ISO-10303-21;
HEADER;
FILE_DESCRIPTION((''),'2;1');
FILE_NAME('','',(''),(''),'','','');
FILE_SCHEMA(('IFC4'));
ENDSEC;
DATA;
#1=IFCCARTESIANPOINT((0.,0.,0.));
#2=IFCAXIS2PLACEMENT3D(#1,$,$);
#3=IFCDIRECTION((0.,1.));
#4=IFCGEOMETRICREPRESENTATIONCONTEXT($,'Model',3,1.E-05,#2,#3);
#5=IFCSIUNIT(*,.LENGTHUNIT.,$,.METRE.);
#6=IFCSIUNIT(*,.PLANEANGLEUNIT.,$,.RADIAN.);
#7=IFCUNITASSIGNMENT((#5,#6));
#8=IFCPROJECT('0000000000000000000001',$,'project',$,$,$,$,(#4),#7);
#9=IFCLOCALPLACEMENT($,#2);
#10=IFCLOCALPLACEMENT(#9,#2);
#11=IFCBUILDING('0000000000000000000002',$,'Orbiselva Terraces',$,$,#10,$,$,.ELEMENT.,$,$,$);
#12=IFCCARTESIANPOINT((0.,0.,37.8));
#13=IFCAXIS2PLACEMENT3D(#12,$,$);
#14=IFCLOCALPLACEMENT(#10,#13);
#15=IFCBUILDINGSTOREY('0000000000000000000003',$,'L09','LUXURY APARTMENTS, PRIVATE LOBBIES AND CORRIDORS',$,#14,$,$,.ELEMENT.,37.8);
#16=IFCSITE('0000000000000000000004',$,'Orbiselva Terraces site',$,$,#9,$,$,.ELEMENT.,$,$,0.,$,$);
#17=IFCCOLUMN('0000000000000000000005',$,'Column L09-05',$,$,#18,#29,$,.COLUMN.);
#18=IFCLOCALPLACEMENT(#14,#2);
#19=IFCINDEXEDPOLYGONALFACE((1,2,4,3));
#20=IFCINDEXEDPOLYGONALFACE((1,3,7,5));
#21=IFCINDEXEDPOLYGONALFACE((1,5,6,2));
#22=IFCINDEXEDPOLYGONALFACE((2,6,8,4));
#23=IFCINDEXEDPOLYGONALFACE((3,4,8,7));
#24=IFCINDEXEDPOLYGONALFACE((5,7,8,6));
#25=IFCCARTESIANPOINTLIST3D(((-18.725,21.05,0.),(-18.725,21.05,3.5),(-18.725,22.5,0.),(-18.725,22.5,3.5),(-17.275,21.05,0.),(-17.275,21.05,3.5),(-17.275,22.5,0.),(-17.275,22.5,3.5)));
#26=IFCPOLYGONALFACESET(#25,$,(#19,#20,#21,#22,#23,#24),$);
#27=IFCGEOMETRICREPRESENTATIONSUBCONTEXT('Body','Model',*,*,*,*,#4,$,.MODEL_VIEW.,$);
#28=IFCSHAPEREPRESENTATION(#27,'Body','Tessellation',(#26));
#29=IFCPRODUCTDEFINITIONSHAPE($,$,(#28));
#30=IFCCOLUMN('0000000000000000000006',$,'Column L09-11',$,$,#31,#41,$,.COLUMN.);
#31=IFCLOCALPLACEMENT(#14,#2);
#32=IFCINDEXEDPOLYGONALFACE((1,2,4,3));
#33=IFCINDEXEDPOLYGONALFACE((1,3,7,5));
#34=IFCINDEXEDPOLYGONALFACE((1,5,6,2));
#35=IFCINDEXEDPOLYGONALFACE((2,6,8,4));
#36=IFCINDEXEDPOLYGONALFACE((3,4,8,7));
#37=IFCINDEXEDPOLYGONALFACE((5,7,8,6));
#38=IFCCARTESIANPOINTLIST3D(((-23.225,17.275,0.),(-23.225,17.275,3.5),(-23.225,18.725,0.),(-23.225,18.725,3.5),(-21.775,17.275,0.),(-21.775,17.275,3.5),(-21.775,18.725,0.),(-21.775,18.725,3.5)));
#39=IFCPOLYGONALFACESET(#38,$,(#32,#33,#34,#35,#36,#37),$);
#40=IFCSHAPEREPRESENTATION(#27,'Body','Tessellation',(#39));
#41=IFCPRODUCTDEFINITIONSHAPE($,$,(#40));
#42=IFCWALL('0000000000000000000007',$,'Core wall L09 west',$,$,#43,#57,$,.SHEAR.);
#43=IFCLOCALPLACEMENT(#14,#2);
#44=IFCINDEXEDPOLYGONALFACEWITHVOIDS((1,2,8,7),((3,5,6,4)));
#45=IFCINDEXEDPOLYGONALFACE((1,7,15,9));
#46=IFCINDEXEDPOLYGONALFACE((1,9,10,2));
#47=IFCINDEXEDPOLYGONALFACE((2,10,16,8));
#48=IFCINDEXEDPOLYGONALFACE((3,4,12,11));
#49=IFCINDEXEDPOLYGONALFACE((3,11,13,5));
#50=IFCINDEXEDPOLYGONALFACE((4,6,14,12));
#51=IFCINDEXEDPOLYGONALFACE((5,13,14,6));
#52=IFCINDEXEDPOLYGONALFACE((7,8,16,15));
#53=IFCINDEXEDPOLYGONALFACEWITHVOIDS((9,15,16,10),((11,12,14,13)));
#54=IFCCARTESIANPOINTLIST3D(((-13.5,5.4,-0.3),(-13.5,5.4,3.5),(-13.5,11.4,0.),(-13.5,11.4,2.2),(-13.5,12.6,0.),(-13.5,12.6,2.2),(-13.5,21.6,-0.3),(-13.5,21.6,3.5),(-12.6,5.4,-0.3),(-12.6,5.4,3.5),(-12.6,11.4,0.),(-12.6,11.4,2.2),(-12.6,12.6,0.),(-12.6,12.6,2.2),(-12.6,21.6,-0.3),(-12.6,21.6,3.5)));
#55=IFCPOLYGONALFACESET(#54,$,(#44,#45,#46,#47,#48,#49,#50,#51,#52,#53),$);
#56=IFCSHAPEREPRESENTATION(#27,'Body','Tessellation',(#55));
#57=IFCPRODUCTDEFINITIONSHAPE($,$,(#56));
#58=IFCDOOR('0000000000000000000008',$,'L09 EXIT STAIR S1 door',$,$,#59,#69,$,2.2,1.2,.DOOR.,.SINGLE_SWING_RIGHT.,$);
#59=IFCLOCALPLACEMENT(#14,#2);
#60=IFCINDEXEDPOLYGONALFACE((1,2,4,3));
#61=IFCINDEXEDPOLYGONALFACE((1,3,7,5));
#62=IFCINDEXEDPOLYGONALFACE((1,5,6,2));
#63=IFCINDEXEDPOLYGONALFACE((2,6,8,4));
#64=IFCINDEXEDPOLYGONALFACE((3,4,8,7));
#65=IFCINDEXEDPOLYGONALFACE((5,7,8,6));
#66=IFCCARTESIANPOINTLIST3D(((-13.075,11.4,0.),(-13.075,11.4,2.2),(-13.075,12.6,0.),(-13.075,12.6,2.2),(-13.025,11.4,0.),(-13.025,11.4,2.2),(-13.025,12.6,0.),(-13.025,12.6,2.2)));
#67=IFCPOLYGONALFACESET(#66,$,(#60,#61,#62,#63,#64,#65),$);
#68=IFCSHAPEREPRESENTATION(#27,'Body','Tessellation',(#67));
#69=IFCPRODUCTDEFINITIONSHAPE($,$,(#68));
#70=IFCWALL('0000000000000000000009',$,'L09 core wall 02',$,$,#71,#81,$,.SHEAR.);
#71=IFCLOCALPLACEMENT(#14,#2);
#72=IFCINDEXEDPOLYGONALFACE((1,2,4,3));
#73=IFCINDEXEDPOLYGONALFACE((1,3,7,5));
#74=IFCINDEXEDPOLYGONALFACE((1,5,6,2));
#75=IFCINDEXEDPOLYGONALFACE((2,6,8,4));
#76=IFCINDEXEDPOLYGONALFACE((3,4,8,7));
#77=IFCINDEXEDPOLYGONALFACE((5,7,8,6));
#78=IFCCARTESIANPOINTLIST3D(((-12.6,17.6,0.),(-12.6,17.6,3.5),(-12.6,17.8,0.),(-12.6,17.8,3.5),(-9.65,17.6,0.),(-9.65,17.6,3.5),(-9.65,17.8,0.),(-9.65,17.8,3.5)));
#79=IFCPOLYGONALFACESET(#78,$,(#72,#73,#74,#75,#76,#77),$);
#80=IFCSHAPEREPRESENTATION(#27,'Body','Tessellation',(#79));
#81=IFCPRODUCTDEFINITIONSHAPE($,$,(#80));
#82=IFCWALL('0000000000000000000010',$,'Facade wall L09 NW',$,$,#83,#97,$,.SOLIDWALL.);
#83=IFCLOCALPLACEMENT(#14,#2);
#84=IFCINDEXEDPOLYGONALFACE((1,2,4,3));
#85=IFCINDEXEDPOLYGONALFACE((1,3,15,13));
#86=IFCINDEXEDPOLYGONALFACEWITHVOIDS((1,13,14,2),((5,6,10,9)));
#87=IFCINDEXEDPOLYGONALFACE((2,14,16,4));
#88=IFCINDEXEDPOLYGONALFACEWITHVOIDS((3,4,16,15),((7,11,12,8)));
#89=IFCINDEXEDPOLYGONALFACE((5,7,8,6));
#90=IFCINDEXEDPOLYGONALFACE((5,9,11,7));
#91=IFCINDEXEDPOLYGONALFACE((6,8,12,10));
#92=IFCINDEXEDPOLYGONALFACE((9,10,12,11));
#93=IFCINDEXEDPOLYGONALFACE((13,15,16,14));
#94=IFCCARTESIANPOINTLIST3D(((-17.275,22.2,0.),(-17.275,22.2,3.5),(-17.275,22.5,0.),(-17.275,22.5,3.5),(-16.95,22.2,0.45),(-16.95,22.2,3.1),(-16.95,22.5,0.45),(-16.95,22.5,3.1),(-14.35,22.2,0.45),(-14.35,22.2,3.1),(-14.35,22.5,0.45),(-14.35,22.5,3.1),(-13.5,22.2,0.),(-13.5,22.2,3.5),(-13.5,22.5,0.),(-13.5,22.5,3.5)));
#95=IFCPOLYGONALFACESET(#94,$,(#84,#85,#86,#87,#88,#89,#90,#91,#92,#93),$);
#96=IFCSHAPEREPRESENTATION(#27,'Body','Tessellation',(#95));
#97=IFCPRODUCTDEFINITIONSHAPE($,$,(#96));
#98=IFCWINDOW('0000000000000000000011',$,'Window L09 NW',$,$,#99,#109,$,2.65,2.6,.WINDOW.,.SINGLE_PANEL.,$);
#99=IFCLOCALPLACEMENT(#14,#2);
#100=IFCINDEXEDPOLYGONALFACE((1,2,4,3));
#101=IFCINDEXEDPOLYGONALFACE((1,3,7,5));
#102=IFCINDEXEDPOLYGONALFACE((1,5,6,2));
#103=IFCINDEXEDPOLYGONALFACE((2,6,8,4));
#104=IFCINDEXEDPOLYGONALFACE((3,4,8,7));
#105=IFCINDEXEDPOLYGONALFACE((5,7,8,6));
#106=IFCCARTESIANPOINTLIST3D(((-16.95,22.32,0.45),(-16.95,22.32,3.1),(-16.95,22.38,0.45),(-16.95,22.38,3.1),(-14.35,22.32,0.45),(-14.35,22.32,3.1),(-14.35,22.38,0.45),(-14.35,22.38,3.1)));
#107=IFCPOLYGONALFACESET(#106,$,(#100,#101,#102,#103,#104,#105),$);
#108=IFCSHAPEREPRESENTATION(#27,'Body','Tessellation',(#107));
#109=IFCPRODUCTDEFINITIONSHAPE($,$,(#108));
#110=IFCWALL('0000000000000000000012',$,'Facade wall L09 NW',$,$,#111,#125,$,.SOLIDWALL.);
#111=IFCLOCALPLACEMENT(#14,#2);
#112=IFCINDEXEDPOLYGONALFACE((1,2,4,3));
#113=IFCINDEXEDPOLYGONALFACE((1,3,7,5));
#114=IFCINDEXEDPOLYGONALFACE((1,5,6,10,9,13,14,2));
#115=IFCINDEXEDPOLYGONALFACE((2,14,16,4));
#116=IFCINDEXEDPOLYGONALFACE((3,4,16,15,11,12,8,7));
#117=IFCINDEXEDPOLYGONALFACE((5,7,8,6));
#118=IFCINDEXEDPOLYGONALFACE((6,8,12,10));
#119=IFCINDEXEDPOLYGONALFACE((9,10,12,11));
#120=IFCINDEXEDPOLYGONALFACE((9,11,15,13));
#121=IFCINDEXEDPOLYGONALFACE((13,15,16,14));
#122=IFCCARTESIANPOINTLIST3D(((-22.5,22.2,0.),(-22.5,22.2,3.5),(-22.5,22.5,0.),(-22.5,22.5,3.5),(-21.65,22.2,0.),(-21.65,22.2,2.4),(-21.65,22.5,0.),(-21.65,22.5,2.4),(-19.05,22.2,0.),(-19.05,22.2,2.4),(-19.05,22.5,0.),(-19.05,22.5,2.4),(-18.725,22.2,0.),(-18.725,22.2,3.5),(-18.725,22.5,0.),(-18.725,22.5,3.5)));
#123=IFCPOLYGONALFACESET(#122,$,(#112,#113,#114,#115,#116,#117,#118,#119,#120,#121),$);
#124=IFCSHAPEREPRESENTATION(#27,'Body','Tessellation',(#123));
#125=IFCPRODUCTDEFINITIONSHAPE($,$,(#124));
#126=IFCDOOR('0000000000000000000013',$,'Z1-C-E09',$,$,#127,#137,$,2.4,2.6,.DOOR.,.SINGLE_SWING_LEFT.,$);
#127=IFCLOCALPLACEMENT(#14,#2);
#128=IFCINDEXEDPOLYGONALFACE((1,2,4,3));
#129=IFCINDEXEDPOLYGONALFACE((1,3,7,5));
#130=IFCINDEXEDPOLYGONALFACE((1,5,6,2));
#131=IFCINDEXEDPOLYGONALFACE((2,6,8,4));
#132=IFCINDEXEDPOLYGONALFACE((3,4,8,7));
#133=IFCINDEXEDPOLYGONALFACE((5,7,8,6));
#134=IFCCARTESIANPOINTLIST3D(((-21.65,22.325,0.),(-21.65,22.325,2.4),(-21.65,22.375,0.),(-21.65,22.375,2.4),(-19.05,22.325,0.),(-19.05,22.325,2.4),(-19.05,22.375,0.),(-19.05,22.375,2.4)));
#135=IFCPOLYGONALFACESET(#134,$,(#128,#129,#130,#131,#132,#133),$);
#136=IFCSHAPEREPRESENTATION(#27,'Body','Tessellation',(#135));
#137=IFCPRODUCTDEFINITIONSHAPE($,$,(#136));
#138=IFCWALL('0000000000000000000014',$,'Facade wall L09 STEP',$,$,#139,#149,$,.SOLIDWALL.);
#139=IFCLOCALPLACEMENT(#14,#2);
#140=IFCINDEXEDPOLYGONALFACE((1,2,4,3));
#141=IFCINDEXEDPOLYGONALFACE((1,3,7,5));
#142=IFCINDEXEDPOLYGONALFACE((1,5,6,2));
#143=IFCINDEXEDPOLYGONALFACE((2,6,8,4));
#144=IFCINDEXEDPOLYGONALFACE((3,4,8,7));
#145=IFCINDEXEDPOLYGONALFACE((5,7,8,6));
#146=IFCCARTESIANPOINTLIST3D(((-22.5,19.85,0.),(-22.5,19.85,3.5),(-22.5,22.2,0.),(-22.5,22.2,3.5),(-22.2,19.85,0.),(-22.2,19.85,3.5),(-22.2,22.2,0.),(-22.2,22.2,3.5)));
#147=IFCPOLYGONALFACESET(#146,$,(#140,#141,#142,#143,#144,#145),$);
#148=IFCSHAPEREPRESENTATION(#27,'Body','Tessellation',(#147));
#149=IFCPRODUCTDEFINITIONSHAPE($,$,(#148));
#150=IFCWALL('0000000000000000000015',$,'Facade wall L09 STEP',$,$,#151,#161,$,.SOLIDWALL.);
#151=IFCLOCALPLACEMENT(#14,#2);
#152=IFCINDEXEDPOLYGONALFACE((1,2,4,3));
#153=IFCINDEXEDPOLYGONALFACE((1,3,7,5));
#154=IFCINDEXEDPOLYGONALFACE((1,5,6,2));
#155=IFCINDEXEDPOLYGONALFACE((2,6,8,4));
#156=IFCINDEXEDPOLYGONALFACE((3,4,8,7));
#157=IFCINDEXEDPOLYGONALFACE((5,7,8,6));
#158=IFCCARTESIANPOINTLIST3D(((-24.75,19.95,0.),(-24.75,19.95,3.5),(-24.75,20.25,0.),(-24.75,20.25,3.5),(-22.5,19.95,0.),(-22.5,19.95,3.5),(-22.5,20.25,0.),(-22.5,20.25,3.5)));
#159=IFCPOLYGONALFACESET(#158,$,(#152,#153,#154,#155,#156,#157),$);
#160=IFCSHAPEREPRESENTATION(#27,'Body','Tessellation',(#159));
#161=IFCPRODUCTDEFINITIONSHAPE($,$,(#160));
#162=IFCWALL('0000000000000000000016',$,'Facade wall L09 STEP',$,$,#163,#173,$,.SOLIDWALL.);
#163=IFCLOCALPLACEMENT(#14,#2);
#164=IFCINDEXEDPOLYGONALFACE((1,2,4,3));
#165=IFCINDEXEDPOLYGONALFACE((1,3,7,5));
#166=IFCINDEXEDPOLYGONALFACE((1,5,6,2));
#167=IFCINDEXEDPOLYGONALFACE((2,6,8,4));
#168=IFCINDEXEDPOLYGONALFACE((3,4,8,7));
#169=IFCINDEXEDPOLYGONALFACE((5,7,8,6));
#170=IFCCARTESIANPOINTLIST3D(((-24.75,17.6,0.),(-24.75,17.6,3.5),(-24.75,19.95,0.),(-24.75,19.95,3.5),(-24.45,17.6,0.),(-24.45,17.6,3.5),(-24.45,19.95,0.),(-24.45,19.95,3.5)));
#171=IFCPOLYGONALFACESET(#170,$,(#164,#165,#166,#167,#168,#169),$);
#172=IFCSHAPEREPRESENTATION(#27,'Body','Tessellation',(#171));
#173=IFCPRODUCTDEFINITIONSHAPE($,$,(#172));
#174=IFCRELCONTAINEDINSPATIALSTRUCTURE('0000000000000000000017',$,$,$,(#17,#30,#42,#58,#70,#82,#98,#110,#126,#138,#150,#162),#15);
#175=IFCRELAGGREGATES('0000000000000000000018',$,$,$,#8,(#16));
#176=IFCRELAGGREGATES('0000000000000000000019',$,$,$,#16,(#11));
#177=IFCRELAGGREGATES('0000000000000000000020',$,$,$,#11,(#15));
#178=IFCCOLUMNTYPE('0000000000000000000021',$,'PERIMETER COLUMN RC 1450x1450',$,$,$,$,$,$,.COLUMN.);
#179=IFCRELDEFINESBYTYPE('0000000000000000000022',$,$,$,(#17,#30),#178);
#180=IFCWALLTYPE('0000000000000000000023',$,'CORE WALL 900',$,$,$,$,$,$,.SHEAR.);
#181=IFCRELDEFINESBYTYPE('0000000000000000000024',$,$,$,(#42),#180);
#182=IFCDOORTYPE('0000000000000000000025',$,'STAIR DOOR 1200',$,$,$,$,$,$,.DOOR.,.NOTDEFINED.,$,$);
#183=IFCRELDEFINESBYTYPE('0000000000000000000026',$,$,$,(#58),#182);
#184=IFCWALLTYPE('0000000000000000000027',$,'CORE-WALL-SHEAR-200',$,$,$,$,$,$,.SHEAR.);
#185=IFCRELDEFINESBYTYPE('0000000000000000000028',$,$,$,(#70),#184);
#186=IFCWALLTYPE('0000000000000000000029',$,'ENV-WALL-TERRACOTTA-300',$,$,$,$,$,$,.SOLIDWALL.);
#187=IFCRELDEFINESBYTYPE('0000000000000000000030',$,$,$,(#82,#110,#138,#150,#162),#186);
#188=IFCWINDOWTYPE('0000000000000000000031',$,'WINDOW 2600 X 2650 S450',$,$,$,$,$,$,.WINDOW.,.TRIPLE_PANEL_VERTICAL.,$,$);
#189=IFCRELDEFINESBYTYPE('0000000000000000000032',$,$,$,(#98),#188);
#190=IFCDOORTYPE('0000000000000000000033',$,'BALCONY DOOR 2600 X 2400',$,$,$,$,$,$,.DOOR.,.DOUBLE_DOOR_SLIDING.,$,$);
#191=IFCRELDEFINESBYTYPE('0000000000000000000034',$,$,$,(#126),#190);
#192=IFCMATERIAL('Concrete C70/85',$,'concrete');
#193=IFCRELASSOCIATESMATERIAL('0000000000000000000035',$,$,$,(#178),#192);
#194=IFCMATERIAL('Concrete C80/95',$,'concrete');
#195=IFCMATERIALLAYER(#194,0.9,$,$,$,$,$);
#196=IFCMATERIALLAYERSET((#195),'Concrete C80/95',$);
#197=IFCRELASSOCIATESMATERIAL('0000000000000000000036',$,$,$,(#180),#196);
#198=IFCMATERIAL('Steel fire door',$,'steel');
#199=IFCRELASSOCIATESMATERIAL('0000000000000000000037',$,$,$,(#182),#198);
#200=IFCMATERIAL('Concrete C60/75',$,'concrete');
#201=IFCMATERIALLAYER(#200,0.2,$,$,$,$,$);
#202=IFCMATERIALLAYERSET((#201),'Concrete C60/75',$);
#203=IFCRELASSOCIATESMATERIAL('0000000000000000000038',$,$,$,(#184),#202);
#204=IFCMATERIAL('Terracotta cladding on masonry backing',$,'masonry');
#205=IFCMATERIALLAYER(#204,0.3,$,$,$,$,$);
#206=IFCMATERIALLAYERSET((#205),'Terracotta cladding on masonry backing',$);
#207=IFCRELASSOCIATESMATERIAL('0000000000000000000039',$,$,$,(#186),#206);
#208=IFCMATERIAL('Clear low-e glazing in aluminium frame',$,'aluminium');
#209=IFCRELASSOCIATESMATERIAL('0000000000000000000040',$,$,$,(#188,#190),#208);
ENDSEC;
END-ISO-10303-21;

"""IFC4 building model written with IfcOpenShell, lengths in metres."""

from ifc_helpers import new_model, si_unit, direction, frame, frame_2d, origin, origin_2d, place, context, subcontext, project, spatial, rectangle, extrude, material, layer, layer_set, material_profile, profile_set, type_object, element, fill, save


model = new_model("IFC4")

# Units and contexts
model_context = context("Model", 3, precision=1e-05, world=origin(), true_north=direction((0.0, 1.0)))
body_context = subcontext(model_context, "Body", "Model", "MODEL_VIEW")
ifc_project = project(units=[si_unit("LENGTHUNIT", "METRE"), si_unit("PLANEANGLEUNIT", "RADIAN")], contexts=[model_context])

# Site, building, storey
site_placement = place(None, origin())
site = spatial("IfcSite", under=ifc_project, at=site_placement, Name="Orbiselva Terraces site", CompositionType="ELEMENT", RefElevation=0.0)
building_placement = place(site_placement, origin())
building = spatial("IfcBuilding", under=site, at=building_placement, Name="Orbiselva Terraces", CompositionType="ELEMENT")
storey_placement = place(building_placement, frame((0.0, 0.0, 37.8)))
storey = spatial("IfcBuildingStorey", under=building, at=storey_placement, Name="L09", Description="LUXURY APARTMENTS, PRIVATE LOBBIES AND CORRIDORS", CompositionType="ELEMENT", Elevation=37.8)

# Columns
ifc_material_1 = material(Name="Concrete C70/85", Category="concrete")
ifc_material_profile = material_profile(ifc_material_1, rectangle(XDim=1.45, YDim=1.45, at=origin_2d()), Name="RC 1450x1450")
ifc_profile_set = profile_set([ifc_material_profile], Name="Concrete C70/85")
column_type = type_object("IfcColumnType", Name="PERIMETER COLUMN RC 1450x1450", PredefinedType="COLUMN", material=ifc_profile_set)
for number, where, z_axis, x_axis, name in (
    (1, (-18.0, 21.775, 0.0), (0.0, 0.0, 1.0), (1.0, 0.0, 0.0), "Column L09-05"),
    (2, (-22.5, 18.0, 0.0), (0.0, 0.0, 1.0), (1.0, 0.0, 0.0), "Column L09-11"),
):
    element("IfcColumn", number, at=place(storey_placement, frame(where, z_axis=z_axis, x_axis=x_axis)), inside=storey, type_object=column_type, Name=name, PredefinedType="COLUMN", context=body_context, shape_type="SweptSolid", body=[
        extrude(rectangle(XDim=1.45, YDim=1.45, at=origin_2d()), origin(), (0.0, 0.0, 1.0), 3.5),
    ])

# Wall, opening, door
ifc_material_2 = material(Name="Concrete C80/95", Category="concrete")
ifc_layer_1 = layer(ifc_material_2, 0.9)
ifc_layer_set_1 = layer_set([ifc_layer_1], Name="Concrete C80/95")
wall_type_1 = type_object("IfcWallType", Name="CORE WALL 900", PredefinedType="SHEAR", material=ifc_layer_set_1)
wall_1_placement = place(storey_placement, frame((-13.05, 21.6, -0.3), z_axis=(0.0, 0.0, 1.0), x_axis=(0.0, -1.0, 0.0)))
wall_1 = element("IfcWall", 3, at=wall_1_placement, inside=storey, type_object=wall_type_1, Name="Core wall L09 west", PredefinedType="SHEAR", context=body_context, shape_type="SweptSolid", body=[
    extrude(rectangle(XDim=16.2, YDim=0.9, at=frame_2d((8.1, 0.0))), origin(), (0.0, 0.0, 1.0), 3.8),
])
opening_1_placement = place(wall_1_placement, frame((9.0, 0.0, 0.3)))
opening_1 = element("IfcOpeningElement", 4, at=opening_1_placement, cuts=wall_1, PredefinedType="OPENING", context=body_context, shape_type="SweptSolid", body=[
    extrude(rectangle(XDim=1.2, YDim=2.2, at=frame_2d((0.6, 1.1))), frame((0.0, 0.46, 0.0), z_axis=(0.0, -1.0, 0.0), x_axis=(1.0, 0.0, 0.0)), (0.0, 0.0, 1.0), 0.92),
])
ifc_material_3 = material(Name="Steel fire door", Category="steel")
door_type_1 = type_object("IfcDoorType", Name="STAIR DOOR 1200", OperationType="NOTDEFINED", PredefinedType="DOOR", material=ifc_material_3)
door_1_placement = place(opening_1_placement, frame((1.2, 0.0, 0.0), z_axis=(0.0, 0.0, 1.0), x_axis=(-1.0, 0.0, 0.0)))
door_1 = element("IfcDoor", 5, at=door_1_placement, inside=storey, type_object=door_type_1, Name="L09 EXIT STAIR S1 door", OperationType="SINGLE_SWING_RIGHT", OverallHeight=2.2, OverallWidth=1.2, PredefinedType="DOOR", context=body_context, shape_type="SweptSolid", body=[
    extrude(rectangle(XDim=1.2, YDim=2.2, at=frame_2d((0.6, 1.1))), frame((0.0, 0.025, 0.0), z_axis=(0.0, -1.0, 0.0), x_axis=(1.0, 0.0, 0.0)), (0.0, 0.0, 1.0), 0.05),
])
fill(opening_1, door_1)

# Wall
ifc_material_4 = material(Name="Concrete C60/75", Category="concrete")
ifc_layer_2 = layer(ifc_material_4, 0.2)
ifc_layer_set_2 = layer_set([ifc_layer_2], Name="Concrete C60/75")
wall_type_2 = type_object("IfcWallType", Name="CORE-WALL-SHEAR-200", PredefinedType="SHEAR", material=ifc_layer_set_2)
wall_2_placement = place(storey_placement, frame((-12.6, 17.7, 0.0), z_axis=(0.0, 0.0, 1.0), x_axis=(1.0, 0.0, 0.0)))
element("IfcWall", 6, at=wall_2_placement, inside=storey, type_object=wall_type_2, Name="L09 core wall 02", PredefinedType="SHEAR", context=body_context, shape_type="SweptSolid", body=[
    extrude(rectangle(XDim=2.95, YDim=0.2, at=frame_2d((1.475, 0.0))), origin(), (0.0, 0.0, 1.0), 3.5),
])

# Wall, opening, window
ifc_material_5 = material(Name="Terracotta cladding on masonry backing", Category="masonry")
ifc_layer_3 = layer(ifc_material_5, 0.3)
ifc_layer_set_3 = layer_set([ifc_layer_3], Name="Terracotta cladding on masonry backing")
wall_type_3 = type_object("IfcWallType", Name="ENV-WALL-TERRACOTTA-300", PredefinedType="SOLIDWALL", material=ifc_layer_set_3)
wall_3_placement = place(storey_placement, frame((-17.275, 22.35, 0.0), z_axis=(0.0, 0.0, 1.0), x_axis=(1.0, 0.0, 0.0)))
wall_3 = element("IfcWall", 7, at=wall_3_placement, inside=storey, type_object=wall_type_3, Name="Facade wall L09 NW", PredefinedType="SOLIDWALL", context=body_context, shape_type="SweptSolid", body=[
    extrude(rectangle(XDim=3.775, YDim=0.3, at=frame_2d((1.8875, 0.0))), origin(), (0.0, 0.0, 1.0), 3.5),
])
opening_2_placement = place(wall_3_placement, frame((0.325, 0.0, 0.45)))
opening_2 = element("IfcOpeningElement", 8, at=opening_2_placement, cuts=wall_3, PredefinedType="OPENING", context=body_context, shape_type="SweptSolid", body=[
    extrude(rectangle(XDim=2.6, YDim=2.65, at=frame_2d((1.3, 1.325))), frame((0.0, 0.16, 0.0), z_axis=(0.0, -1.0, 0.0), x_axis=(1.0, 0.0, 0.0)), (0.0, 0.0, 1.0), 0.32),
])
ifc_material_6 = material(Name="Clear low-e glazing in aluminium frame", Category="aluminium")
window_type = type_object("IfcWindowType", Name="WINDOW 2600 X 2650 S450", PartitioningType="TRIPLE_PANEL_VERTICAL", PredefinedType="WINDOW", material=ifc_material_6)
window_placement = place(opening_2_placement, origin())
window = element("IfcWindow", 9, at=window_placement, inside=storey, type_object=window_type, Name="Window L09 NW", OverallHeight=2.65, OverallWidth=2.6, PartitioningType="SINGLE_PANEL", PredefinedType="WINDOW", context=body_context, shape_type="SweptSolid", body=[
    extrude(rectangle(XDim=2.6, YDim=2.65, at=frame_2d((1.3, 1.325))), frame((0.0, 0.03, 0.0), z_axis=(0.0, -1.0, 0.0), x_axis=(1.0, 0.0, 0.0)), (0.0, 0.0, 1.0), 0.06),
])
fill(opening_2, window)

# Wall, opening, door
wall_4_placement = place(storey_placement, frame((-22.5, 22.35, 0.0), z_axis=(0.0, 0.0, 1.0), x_axis=(1.0, 0.0, 0.0)))
wall_4 = element("IfcWall", 10, at=wall_4_placement, inside=storey, type_object=wall_type_3, Name="Facade wall L09 NW", PredefinedType="SOLIDWALL", context=body_context, shape_type="SweptSolid", body=[
    extrude(rectangle(XDim=3.775, YDim=0.3, at=frame_2d((1.8875, 0.0))), origin(), (0.0, 0.0, 1.0), 3.5),
])
opening_3_placement = place(wall_4_placement, frame((0.85, 0.0, 0.0)))
opening_3 = element("IfcOpeningElement", 11, at=opening_3_placement, cuts=wall_4, PredefinedType="OPENING", context=body_context, shape_type="SweptSolid", body=[
    extrude(rectangle(XDim=2.6, YDim=2.4, at=frame_2d((1.3, 1.2))), frame((0.0, 0.16, 0.0), z_axis=(0.0, -1.0, 0.0), x_axis=(1.0, 0.0, 0.0)), (0.0, 0.0, 1.0), 0.32),
])
door_type_2 = type_object("IfcDoorType", Name="BALCONY DOOR 2600 X 2400", OperationType="DOUBLE_DOOR_SLIDING", PredefinedType="DOOR", material=ifc_material_6)
door_2_placement = place(opening_3_placement, origin())
door_2 = element("IfcDoor", 12, at=door_2_placement, inside=storey, type_object=door_type_2, Name="Z1-C-E09", OperationType="SINGLE_SWING_LEFT", OverallHeight=2.4, OverallWidth=2.6, PredefinedType="DOOR", context=body_context, shape_type="SweptSolid", body=[
    extrude(rectangle(XDim=2.6, YDim=2.4, at=frame_2d((1.3, 1.2))), frame((0.0, 0.025, 0.0), z_axis=(0.0, -1.0, 0.0), x_axis=(1.0, 0.0, 0.0)), (0.0, 0.0, 1.0), 0.05),
])
fill(opening_3, door_2)

# Walls
wall_5_placement = place(storey_placement, frame((-22.35, 19.85, 0.0), z_axis=(0.0, 0.0, 1.0), x_axis=(0.0, 1.0, 0.0)))
element("IfcWall", 13, at=wall_5_placement, inside=storey, type_object=wall_type_3, Name="Facade wall L09 STEP", PredefinedType="SOLIDWALL", context=body_context, shape_type="SweptSolid", body=[
    extrude(rectangle(XDim=2.35, YDim=0.3, at=frame_2d((1.175, 0.0))), origin(), (0.0, 0.0, 1.0), 3.5),
])
wall_6_placement = place(storey_placement, frame((-24.75, 20.1, 0.0), z_axis=(0.0, 0.0, 1.0), x_axis=(1.0, 0.0, 0.0)))
element("IfcWall", 14, at=wall_6_placement, inside=storey, type_object=wall_type_3, Name="Facade wall L09 STEP", PredefinedType="SOLIDWALL", context=body_context, shape_type="SweptSolid", body=[
    extrude(rectangle(XDim=2.25, YDim=0.3, at=frame_2d((1.125, 0.0))), origin(), (0.0, 0.0, 1.0), 3.5),
])
wall_7_placement = place(storey_placement, frame((-24.6, 17.6, 0.0), z_axis=(0.0, 0.0, 1.0), x_axis=(0.0, 1.0, 0.0)))
element("IfcWall", 15, at=wall_7_placement, inside=storey, type_object=wall_type_3, Name="Facade wall L09 STEP", PredefinedType="SOLIDWALL", context=body_context, shape_type="SweptSolid", body=[
    extrude(rectangle(XDim=2.35, YDim=0.3, at=frame_2d((1.175, 0.0))), origin(), (0.0, 0.0, 1.0), 3.5),
])

save(model, "model.ifc")
